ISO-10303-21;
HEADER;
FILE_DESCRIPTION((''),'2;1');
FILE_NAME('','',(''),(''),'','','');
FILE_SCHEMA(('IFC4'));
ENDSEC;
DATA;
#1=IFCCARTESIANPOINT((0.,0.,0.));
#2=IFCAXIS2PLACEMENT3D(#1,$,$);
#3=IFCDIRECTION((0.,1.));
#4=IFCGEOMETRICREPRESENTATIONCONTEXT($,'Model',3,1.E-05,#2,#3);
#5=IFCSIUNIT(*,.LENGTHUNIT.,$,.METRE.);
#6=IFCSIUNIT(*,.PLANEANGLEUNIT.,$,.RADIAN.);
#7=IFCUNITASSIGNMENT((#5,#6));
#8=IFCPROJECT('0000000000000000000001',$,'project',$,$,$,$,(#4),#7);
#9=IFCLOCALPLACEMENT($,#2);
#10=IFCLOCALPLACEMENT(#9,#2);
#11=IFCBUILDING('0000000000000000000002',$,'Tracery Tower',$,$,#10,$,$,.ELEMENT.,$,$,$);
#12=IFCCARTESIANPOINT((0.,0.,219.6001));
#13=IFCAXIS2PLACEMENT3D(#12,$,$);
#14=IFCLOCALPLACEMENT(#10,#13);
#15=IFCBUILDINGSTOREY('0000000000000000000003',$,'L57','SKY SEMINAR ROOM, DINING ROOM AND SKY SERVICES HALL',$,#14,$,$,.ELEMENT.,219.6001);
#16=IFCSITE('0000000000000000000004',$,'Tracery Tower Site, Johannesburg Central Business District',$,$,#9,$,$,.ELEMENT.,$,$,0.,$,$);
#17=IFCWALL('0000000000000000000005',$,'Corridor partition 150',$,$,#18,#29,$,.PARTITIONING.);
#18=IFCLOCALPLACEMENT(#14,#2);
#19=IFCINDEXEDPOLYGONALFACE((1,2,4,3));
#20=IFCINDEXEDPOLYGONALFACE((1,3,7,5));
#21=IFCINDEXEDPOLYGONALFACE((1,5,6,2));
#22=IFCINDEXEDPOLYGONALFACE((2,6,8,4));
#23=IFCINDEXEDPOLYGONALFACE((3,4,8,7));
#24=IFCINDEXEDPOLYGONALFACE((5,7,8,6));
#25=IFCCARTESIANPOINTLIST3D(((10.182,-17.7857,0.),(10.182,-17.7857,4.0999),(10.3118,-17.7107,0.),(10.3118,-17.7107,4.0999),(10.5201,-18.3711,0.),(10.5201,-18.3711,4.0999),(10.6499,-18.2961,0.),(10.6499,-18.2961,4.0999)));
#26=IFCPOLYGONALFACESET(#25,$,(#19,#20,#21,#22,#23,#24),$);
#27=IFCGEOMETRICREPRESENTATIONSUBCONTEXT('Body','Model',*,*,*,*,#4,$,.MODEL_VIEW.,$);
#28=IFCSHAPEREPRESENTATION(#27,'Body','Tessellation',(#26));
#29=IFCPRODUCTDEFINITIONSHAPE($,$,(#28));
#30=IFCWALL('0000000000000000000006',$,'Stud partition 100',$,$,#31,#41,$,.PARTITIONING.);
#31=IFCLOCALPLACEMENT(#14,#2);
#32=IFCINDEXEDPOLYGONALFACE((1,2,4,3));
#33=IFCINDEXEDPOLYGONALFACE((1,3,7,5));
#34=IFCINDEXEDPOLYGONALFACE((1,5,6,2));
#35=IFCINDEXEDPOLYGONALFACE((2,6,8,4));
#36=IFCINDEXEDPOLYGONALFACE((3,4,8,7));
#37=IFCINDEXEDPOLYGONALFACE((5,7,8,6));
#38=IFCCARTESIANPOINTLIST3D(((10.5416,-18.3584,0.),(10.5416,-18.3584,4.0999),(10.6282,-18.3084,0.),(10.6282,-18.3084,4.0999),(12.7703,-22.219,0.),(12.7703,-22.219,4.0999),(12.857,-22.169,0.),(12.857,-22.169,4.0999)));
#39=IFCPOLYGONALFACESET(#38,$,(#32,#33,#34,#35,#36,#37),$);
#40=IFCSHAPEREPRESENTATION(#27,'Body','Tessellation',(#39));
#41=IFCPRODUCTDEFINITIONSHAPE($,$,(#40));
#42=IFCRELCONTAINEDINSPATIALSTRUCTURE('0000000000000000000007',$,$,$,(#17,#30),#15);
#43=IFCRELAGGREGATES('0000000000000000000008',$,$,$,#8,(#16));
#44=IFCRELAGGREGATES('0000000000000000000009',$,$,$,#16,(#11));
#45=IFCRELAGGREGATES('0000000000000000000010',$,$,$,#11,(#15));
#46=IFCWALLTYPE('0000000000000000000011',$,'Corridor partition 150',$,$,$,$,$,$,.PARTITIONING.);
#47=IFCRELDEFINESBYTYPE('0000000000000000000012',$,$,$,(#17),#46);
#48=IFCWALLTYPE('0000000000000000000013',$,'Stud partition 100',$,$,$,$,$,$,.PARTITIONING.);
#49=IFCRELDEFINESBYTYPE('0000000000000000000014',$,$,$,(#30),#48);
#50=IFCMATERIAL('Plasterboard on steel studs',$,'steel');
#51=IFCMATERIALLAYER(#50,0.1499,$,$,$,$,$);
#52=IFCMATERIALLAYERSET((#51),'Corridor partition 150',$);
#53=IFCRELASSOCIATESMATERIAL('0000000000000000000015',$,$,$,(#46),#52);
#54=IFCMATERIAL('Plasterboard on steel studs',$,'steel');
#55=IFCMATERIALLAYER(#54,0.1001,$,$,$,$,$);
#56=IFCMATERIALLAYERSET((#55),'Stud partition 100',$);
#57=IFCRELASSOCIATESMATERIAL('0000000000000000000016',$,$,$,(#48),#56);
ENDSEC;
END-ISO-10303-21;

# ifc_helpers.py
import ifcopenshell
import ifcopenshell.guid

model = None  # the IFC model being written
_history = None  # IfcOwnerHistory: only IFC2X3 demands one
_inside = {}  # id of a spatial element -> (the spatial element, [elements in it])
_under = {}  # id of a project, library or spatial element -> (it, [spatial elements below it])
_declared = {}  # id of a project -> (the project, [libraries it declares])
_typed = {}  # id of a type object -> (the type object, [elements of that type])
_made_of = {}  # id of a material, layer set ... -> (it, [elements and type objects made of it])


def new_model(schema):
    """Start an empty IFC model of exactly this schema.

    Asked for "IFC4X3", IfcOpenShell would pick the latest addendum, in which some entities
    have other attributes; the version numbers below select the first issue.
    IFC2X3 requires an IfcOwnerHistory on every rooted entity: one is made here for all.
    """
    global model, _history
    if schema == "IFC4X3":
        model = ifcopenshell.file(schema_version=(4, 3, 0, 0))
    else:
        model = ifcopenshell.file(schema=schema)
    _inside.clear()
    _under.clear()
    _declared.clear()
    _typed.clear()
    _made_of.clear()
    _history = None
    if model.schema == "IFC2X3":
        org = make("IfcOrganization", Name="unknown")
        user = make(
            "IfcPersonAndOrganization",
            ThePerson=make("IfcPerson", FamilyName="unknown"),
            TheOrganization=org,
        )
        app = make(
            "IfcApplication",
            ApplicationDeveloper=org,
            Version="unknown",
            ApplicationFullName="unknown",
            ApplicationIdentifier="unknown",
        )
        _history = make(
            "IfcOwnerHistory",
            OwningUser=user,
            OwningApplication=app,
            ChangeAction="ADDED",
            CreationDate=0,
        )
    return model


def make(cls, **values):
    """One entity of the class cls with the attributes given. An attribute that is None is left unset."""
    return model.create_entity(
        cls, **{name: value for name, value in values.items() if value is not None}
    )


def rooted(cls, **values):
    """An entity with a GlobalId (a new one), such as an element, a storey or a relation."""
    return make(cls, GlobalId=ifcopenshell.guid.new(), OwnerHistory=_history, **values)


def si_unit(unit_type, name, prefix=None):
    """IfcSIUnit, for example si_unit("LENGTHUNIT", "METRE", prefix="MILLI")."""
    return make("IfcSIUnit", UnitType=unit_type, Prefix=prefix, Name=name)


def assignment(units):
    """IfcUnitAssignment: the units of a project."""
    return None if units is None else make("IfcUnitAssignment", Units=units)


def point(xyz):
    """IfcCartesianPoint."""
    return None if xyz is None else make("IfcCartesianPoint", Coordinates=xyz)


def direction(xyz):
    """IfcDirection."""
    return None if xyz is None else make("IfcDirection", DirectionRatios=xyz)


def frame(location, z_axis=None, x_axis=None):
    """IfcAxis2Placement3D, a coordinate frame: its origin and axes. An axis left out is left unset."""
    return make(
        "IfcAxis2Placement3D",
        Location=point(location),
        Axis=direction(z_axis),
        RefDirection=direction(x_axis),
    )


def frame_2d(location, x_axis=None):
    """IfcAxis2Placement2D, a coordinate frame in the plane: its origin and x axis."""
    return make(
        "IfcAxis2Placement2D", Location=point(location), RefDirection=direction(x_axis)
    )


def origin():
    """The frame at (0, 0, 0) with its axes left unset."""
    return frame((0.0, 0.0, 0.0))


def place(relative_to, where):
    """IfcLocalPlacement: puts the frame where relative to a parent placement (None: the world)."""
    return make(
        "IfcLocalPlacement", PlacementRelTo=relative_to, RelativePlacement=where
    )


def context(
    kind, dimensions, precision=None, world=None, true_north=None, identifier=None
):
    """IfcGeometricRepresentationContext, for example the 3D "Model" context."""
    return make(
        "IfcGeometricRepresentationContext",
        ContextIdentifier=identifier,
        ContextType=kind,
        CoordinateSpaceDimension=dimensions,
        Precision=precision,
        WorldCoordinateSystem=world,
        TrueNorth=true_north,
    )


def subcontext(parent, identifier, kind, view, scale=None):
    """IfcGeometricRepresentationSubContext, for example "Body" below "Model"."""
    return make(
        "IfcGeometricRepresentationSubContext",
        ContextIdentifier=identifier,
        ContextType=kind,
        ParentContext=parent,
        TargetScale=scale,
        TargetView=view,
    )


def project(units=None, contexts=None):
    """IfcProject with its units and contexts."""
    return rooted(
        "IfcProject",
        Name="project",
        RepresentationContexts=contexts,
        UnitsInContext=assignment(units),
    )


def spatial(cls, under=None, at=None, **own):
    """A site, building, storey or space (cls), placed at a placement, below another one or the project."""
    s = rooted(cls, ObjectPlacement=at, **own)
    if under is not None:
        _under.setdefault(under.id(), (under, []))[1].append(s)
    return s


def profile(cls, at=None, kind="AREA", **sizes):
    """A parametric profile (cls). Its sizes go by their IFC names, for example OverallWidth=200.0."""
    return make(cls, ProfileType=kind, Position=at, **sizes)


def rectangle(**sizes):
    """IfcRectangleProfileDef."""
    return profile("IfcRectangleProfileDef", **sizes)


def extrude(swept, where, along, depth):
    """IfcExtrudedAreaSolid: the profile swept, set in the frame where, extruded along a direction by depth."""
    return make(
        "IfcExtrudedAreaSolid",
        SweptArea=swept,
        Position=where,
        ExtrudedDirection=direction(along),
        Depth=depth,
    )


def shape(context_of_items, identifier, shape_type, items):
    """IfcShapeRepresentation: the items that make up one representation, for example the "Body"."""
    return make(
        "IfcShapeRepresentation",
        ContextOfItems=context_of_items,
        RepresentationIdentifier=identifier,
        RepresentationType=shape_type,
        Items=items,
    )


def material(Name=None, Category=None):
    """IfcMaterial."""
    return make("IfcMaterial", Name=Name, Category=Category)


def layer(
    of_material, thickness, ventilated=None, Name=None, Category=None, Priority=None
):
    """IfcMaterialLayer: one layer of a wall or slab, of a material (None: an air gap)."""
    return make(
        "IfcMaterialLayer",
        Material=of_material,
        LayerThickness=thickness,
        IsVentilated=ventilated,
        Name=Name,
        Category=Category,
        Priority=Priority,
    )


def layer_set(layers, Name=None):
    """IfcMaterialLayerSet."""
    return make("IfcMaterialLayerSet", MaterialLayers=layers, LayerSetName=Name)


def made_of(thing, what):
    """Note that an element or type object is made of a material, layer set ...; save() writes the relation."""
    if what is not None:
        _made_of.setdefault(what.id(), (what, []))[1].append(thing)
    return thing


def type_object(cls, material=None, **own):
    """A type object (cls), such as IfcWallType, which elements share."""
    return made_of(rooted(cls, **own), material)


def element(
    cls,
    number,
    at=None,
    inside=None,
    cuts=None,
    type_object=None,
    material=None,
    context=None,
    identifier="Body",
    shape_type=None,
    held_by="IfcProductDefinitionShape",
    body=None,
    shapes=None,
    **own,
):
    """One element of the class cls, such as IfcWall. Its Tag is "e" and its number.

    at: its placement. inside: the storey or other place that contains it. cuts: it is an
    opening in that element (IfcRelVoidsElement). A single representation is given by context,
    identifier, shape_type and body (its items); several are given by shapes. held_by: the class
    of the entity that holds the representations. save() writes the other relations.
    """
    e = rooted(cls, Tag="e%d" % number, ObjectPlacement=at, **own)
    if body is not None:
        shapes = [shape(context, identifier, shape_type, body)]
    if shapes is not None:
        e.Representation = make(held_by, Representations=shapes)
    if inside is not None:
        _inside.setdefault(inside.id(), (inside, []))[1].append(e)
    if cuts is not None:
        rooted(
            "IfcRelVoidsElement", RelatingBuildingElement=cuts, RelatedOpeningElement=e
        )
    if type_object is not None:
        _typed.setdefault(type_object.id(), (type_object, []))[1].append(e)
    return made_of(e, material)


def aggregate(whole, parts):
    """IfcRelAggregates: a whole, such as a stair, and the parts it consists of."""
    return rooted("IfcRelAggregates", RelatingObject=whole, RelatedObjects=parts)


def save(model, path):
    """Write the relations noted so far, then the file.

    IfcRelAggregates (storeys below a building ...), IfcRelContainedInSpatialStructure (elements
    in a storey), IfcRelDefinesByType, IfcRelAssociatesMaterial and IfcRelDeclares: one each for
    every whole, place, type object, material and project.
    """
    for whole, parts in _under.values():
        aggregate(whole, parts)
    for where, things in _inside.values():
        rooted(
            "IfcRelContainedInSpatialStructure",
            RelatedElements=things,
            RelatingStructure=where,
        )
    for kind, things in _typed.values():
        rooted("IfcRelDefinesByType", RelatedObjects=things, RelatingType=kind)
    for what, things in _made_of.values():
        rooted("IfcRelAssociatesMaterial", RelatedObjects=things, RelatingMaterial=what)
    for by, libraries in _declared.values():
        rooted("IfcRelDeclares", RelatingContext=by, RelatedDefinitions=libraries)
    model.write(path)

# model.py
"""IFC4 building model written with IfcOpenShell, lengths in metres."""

from ifc_helpers import new_model, si_unit, direction, frame, frame_2d, origin, place, context, subcontext, project, spatial, rectangle, extrude, material, layer, layer_set, type_object, element, save


model = new_model("IFC4")

# Units and contexts
model_context = context("Model", 3, precision=1e-05, world=origin(), true_north=direction((0.0, 1.0)))
body_context = subcontext(model_context, "Body", "Model", "MODEL_VIEW")
ifc_project = project(units=[si_unit("LENGTHUNIT", "METRE"), si_unit("PLANEANGLEUNIT", "RADIAN")], contexts=[model_context])

# Site, building, storey
site_placement = place(None, origin())
site = spatial("IfcSite", under=ifc_project, at=site_placement, Name="Tracery Tower Site, Johannesburg Central Business District", CompositionType="ELEMENT", RefElevation=0.0)
building_placement = place(site_placement, origin())
building = spatial("IfcBuilding", under=site, at=building_placement, Name="Tracery Tower", CompositionType="ELEMENT")
storey_placement = place(building_placement, frame((0.0, 0.0, 219.6001)))
storey = spatial("IfcBuildingStorey", under=building, at=storey_placement, Name="L57", Description="SKY SEMINAR ROOM, DINING ROOM AND SKY SERVICES HALL", CompositionType="ELEMENT", Elevation=219.6001)

# Shared definitions
ifc_material_1 = material(Name="Plasterboard on steel studs", Category="steel")
ifc_layer_1 = layer(ifc_material_1, 0.1499)
ifc_layer_set_1 = layer_set([ifc_layer_1], Name="Corridor partition 150")
wall_type_1 = type_object("IfcWallType", Name="Corridor partition 150", PredefinedType="PARTITIONING", material=ifc_layer_set_1)

# Walls
wall_1_placement = place(storey_placement, frame((10.585, -18.3335, 0.0), z_axis=(0.0, 0.0, 1.0), x_axis=(-0.500139, 0.865945, 0.0)))
element("IfcWall", 1, at=wall_1_placement, inside=storey, type_object=wall_type_1, Name="Corridor partition 150", PredefinedType="PARTITIONING", context=body_context, shape_type="SweptSolid", body=[
    extrude(rectangle(XDim=0.676, YDim=0.1499, at=frame_2d((0.3379, 0.0))), origin(), (0.0, 0.0, 1.0), 4.0999),
])
ifc_material_2 = material(Name="Plasterboard on steel studs", Category="steel")
ifc_layer_2 = layer(ifc_material_2, 0.1001)
ifc_layer_set_2 = layer_set([ifc_layer_2], Name="Stud partition 100")
wall_type_2 = type_object("IfcWallType", Name="Stud partition 100", PredefinedType="PARTITIONING", material=ifc_layer_set_2)
wall_2_placement = place(storey_placement, frame((12.8137, -22.1941, 0.0), z_axis=(0.0, 0.0, 1.0), x_axis=(-0.499974, 0.866041, 0.0)))
element("IfcWall", 2, at=wall_2_placement, inside=storey, type_object=wall_type_2, Name="Stud partition 100", PredefinedType="PARTITIONING", context=body_context, shape_type="SweptSolid", body=[
    extrude(rectangle(XDim=4.4578, YDim=0.1001, at=frame_2d((2.229, 0.0))), origin(), (0.0, 0.0, 1.0), 4.0999),
])

save(model, "model.ifc")
